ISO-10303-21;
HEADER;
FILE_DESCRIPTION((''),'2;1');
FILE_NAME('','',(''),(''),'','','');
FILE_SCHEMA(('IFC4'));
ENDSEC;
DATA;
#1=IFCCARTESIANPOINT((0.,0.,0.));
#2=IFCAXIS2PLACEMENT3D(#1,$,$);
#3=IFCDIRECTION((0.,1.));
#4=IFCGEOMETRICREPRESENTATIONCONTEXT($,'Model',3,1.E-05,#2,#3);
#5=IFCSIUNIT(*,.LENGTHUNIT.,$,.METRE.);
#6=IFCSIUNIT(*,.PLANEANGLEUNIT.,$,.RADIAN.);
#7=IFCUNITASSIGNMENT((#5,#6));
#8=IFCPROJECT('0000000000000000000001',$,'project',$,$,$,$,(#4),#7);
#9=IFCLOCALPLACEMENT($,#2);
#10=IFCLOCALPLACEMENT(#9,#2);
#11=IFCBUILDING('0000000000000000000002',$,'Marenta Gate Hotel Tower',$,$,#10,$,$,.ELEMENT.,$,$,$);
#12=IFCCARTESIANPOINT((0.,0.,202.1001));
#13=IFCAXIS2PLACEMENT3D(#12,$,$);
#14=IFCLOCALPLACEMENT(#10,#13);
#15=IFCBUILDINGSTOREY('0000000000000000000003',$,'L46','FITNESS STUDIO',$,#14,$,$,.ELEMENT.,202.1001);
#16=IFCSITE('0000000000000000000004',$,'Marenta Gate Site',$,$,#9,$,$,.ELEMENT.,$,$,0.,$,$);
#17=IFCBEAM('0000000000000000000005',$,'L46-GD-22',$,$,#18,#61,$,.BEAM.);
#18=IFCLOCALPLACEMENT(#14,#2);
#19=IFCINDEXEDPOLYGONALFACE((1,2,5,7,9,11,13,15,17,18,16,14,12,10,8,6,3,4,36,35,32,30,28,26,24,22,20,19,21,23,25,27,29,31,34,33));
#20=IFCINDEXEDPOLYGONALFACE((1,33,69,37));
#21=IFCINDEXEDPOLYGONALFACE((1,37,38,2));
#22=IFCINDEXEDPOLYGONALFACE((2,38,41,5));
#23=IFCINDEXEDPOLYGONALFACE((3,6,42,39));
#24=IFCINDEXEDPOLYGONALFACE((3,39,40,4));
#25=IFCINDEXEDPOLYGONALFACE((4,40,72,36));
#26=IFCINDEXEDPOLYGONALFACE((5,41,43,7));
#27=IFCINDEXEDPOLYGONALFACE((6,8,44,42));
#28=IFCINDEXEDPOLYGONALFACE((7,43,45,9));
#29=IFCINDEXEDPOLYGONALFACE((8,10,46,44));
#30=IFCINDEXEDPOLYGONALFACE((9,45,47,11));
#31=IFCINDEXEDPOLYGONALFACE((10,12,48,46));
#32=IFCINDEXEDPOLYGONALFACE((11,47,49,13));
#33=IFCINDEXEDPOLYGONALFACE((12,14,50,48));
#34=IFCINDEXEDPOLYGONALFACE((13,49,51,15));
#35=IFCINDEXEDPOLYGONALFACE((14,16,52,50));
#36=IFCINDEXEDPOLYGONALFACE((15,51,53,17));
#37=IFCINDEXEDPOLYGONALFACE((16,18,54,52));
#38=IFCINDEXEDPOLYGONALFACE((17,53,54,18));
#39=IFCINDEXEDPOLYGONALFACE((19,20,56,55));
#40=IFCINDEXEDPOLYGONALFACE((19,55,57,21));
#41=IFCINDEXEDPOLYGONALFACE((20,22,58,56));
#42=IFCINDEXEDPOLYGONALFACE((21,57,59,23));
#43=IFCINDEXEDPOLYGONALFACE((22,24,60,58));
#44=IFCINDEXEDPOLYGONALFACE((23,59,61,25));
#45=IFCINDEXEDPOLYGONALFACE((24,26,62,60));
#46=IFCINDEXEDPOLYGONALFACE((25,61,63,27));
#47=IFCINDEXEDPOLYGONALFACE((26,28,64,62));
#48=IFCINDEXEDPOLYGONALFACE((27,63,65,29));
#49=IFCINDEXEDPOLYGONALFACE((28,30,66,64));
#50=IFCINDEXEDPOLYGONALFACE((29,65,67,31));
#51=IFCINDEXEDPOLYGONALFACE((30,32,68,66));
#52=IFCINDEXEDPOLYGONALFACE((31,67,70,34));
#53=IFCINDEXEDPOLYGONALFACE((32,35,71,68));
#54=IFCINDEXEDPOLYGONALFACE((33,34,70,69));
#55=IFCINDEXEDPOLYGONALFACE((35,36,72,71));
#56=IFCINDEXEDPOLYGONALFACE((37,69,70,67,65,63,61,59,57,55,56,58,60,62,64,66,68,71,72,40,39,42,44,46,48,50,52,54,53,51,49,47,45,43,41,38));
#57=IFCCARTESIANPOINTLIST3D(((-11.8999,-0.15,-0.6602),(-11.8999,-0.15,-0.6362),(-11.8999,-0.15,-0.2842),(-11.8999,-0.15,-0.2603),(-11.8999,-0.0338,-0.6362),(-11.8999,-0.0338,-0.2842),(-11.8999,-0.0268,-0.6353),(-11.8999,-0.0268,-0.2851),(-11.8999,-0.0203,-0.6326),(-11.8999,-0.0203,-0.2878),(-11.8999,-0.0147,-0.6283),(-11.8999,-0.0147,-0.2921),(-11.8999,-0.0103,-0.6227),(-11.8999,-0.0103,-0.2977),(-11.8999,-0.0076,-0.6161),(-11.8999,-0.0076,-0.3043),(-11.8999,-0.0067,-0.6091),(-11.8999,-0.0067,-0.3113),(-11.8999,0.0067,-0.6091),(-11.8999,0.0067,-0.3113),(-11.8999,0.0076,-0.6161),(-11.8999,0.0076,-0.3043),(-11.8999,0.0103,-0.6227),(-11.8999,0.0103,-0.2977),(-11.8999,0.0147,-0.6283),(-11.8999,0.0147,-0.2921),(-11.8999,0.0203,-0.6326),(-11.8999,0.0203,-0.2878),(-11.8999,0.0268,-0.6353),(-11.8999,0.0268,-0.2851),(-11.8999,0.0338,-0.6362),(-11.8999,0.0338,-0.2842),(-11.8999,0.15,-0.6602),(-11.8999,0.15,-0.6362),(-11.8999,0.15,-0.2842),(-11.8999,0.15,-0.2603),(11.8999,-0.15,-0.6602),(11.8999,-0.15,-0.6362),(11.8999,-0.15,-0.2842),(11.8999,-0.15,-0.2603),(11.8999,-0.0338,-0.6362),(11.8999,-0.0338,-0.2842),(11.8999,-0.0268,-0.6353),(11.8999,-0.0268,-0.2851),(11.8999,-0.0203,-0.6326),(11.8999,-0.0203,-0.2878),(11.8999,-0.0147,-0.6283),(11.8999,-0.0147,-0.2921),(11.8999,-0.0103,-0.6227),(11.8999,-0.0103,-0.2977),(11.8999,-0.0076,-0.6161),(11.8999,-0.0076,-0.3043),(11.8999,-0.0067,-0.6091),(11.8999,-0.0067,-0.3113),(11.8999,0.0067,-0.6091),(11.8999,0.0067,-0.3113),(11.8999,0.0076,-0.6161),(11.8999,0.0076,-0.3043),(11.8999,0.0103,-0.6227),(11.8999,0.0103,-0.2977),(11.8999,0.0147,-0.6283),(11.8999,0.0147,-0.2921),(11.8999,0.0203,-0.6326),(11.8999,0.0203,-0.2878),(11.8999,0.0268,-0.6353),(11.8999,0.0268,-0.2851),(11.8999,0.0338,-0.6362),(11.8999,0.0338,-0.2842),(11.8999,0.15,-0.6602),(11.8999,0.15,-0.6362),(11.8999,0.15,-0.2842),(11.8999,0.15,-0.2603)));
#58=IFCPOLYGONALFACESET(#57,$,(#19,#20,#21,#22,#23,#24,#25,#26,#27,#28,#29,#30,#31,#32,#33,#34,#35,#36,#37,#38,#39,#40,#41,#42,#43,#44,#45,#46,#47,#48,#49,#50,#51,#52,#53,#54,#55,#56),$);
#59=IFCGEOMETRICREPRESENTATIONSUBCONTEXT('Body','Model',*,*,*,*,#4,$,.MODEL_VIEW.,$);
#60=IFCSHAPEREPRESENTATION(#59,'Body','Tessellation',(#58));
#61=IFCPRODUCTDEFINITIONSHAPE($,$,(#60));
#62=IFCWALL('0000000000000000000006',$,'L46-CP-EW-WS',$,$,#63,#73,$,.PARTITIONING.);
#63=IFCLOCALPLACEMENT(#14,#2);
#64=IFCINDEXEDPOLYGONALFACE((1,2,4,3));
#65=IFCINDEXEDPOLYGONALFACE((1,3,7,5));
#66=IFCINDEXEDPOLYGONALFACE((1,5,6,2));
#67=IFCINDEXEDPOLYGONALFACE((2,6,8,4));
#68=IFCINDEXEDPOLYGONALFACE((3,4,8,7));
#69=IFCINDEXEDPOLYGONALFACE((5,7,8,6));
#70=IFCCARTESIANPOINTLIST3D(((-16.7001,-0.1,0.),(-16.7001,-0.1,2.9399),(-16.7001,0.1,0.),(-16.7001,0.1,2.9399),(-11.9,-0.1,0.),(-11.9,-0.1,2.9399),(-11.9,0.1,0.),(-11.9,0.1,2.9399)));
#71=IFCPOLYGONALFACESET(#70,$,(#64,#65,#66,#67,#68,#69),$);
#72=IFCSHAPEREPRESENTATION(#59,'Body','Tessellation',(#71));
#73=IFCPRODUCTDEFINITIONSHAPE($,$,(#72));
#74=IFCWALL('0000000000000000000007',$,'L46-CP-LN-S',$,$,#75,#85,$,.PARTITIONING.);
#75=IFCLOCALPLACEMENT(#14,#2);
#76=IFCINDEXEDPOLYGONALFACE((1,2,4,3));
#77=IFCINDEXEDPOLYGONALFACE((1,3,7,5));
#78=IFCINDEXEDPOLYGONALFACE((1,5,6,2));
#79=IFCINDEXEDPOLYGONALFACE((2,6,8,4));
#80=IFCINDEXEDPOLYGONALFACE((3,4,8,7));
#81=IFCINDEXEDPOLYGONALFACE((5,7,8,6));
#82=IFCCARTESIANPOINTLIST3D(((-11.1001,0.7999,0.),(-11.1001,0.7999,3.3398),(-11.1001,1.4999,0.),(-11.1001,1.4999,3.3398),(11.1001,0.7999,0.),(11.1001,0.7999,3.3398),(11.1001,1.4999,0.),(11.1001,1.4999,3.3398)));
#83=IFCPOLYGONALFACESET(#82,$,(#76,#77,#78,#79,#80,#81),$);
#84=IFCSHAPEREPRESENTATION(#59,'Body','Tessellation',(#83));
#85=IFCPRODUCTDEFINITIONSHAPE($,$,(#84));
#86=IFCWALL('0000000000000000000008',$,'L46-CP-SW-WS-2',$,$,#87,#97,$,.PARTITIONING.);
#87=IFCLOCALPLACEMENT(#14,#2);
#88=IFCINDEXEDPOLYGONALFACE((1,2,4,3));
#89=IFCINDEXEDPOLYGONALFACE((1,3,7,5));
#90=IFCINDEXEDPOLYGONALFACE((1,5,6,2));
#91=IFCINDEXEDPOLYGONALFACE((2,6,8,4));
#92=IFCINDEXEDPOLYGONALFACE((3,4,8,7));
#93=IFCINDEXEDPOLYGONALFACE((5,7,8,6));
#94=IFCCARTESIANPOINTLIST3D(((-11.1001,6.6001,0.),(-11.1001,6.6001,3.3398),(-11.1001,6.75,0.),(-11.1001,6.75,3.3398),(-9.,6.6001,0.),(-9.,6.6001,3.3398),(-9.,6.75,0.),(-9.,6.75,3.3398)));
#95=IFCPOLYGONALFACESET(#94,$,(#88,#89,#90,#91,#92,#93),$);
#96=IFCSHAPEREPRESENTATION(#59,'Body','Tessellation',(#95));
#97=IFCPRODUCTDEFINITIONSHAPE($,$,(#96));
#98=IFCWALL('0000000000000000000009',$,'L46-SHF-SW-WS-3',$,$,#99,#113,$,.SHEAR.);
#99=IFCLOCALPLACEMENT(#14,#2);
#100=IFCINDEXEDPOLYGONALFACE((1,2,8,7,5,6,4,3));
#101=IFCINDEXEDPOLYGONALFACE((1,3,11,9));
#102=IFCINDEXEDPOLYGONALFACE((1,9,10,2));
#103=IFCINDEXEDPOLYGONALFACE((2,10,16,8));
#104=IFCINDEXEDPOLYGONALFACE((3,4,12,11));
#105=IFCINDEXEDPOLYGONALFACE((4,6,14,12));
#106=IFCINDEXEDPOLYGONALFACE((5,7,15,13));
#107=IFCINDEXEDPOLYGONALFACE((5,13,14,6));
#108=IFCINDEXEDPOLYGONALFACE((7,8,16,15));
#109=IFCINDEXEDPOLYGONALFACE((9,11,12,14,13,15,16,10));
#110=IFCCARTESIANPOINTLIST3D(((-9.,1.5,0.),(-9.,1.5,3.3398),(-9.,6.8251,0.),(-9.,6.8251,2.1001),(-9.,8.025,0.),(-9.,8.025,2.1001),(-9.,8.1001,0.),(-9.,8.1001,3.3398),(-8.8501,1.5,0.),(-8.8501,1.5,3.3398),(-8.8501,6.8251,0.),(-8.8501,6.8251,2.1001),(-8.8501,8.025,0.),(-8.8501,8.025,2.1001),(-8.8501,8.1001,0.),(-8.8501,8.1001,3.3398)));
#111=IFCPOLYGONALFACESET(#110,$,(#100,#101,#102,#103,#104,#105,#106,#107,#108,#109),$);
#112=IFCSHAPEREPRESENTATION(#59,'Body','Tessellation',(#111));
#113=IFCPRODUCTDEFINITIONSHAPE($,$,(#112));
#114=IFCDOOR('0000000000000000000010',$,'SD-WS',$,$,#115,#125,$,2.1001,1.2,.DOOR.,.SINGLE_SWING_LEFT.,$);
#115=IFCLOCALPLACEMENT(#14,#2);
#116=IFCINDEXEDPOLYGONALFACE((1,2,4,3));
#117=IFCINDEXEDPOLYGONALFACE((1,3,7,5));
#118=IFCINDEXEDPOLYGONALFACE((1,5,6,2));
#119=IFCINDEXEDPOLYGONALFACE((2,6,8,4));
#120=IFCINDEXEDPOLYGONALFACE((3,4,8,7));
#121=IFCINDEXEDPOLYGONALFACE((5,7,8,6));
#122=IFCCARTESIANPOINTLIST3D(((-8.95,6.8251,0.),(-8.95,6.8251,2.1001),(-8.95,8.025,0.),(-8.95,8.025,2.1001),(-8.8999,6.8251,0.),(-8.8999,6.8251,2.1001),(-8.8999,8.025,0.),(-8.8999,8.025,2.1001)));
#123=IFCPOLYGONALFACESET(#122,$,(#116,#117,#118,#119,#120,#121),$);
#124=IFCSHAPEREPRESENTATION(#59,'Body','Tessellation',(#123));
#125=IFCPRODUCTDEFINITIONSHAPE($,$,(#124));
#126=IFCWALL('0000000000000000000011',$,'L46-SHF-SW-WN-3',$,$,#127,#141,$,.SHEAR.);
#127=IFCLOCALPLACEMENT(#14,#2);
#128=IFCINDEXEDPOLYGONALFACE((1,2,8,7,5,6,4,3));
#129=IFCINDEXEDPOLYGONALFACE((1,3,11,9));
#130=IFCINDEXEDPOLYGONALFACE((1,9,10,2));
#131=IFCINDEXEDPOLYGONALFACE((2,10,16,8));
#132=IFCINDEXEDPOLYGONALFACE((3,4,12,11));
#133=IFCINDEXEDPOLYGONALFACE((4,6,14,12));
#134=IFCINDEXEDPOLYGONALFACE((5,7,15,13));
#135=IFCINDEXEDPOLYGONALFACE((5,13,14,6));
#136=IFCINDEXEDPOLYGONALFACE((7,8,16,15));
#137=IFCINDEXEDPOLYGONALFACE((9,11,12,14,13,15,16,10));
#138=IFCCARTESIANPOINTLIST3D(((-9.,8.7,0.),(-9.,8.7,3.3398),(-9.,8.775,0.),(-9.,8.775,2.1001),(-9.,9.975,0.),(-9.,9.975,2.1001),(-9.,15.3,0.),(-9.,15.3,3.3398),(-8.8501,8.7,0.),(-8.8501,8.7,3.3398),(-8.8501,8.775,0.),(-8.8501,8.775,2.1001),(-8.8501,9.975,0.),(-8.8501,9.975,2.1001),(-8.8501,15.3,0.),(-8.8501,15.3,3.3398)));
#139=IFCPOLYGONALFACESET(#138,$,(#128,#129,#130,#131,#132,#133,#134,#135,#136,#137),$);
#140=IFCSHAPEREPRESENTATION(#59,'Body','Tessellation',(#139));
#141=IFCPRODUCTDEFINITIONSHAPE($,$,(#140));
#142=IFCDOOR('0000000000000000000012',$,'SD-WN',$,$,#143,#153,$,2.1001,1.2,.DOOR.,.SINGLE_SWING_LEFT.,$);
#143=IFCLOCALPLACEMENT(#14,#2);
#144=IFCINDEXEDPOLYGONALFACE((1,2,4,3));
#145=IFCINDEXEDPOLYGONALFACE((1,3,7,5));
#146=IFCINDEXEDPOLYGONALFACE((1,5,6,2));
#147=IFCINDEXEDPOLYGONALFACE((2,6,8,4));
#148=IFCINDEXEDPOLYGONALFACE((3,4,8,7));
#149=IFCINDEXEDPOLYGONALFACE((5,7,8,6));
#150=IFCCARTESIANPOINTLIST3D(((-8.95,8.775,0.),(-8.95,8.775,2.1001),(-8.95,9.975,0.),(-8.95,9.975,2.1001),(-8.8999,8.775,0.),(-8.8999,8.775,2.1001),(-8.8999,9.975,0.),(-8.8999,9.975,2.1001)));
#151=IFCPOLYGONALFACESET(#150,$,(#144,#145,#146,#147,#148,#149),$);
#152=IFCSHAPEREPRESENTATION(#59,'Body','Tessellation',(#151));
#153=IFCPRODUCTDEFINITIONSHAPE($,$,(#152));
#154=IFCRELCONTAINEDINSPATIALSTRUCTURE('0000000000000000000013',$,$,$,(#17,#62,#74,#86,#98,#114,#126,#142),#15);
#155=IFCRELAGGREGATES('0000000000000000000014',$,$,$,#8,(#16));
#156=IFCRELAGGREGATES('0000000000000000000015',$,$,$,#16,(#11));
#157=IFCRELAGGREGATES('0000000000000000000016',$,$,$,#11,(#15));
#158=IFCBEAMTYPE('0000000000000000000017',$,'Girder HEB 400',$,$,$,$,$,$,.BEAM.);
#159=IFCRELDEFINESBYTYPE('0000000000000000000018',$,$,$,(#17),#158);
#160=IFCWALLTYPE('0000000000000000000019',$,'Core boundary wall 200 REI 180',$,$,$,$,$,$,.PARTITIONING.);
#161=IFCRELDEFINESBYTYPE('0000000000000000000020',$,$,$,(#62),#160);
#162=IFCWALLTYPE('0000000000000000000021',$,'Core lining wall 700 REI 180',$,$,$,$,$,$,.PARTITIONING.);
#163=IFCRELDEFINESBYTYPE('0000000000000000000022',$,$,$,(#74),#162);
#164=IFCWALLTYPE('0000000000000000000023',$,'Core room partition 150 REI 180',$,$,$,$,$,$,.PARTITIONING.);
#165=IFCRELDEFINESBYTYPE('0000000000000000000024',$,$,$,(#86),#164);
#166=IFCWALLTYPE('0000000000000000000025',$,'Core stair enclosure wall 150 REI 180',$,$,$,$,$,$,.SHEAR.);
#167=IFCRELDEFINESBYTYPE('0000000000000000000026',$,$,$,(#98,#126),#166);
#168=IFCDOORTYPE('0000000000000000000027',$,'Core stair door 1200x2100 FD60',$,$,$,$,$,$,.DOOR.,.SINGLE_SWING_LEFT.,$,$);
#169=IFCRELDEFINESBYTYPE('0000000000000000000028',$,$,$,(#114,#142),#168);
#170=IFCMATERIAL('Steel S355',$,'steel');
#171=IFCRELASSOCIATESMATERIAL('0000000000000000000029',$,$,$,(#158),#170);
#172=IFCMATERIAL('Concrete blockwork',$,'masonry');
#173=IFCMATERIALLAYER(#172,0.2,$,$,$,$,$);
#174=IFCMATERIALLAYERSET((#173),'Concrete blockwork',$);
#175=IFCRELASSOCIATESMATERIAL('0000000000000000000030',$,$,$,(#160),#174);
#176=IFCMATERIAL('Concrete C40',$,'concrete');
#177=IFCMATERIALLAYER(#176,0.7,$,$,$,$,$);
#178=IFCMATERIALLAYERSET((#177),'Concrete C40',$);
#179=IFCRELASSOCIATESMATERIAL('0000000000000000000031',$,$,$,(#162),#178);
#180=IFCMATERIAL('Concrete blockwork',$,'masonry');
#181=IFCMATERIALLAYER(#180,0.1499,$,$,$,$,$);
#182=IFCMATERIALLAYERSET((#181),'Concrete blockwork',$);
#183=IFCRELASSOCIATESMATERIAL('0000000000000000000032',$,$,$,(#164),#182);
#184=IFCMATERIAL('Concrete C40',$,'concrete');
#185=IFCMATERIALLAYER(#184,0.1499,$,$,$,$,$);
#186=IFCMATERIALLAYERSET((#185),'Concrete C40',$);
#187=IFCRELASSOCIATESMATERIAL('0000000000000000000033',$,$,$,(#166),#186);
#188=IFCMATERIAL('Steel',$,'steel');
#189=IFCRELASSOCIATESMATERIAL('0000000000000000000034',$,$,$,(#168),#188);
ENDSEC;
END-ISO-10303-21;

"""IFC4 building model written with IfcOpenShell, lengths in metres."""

from ifc_helpers import new_model, si_unit, direction, frame, frame_2d, origin, origin_2d, place, context, subcontext, project, spatial, rectangle, i_section, extrude, material, layer, layer_set, material_profile, profile_set, type_object, element, fill, save


model = new_model("IFC4")

# Units and contexts
model_context = context("Model", 3, precision=1e-05, world=origin(), true_north=direction((0.0, 1.0)))
body_context = subcontext(model_context, "Body", "Model", "MODEL_VIEW")
ifc_project = project(units=[si_unit("LENGTHUNIT", "METRE"), si_unit("PLANEANGLEUNIT", "RADIAN")], contexts=[model_context])

# Site, building, storey
site_placement = place(None, origin())
site = spatial("IfcSite", under=ifc_project, at=site_placement, Name="Marenta Gate Site", CompositionType="ELEMENT", RefElevation=0.0)
building_placement = place(site_placement, origin())
building = spatial("IfcBuilding", under=site, at=building_placement, Name="Marenta Gate Hotel Tower", CompositionType="ELEMENT")
storey_placement = place(building_placement, frame((0.0, 0.0, 202.1001)))
storey = spatial("IfcBuildingStorey", under=building, at=storey_placement, Name="L46", Description="FITNESS STUDIO", CompositionType="ELEMENT", Elevation=202.1001)

# Beam
ifc_material_1 = material(Name="Steel S355", Category="steel")
ifc_material_profile = material_profile(ifc_material_1, i_section(OverallWidth=0.3, OverallDepth=0.3999, WebThickness=0.0134, FlangeThickness=0.0239, FilletRadius=0.0271, at=origin_2d()), Name="HEB 400")
ifc_profile_set = profile_set([ifc_material_profile], Name="Steel S355")
beam_type = type_object("IfcBeamType", Name="Girder HEB 400", PredefinedType="BEAM", material=ifc_profile_set)
beam_placement = place(storey_placement, frame((-11.8999, 0.0, -0.4602), z_axis=(1.0, 0.0, 0.0), x_axis=(0.0, 1.0, 0.0)))
element("IfcBeam", 1, at=beam_placement, inside=storey, type_object=beam_type, Name="L46-GD-22", PredefinedType="BEAM", context=body_context, shape_type="SweptSolid", body=[
    extrude(i_section(OverallWidth=0.3, OverallDepth=0.3999, WebThickness=0.0134, FlangeThickness=0.0239, FilletRadius=0.0271, at=origin_2d()), origin(), (0.0, 0.0, 1.0), 23.7998),
])

# Shared definitions
ifc_material_2 = material(Name="Concrete blockwork", Category="masonry")
ifc_layer_1 = layer(ifc_material_2, 0.2)
ifc_layer_set_1 = layer_set([ifc_layer_1], Name="Concrete blockwork")
wall_type_1 = type_object("IfcWallType", Name="Core boundary wall 200 REI 180", PredefinedType="PARTITIONING", material=ifc_layer_set_1)

# Walls
wall_1_placement = place(storey_placement, frame((-16.7, 0.0, 0.0), z_axis=(0.0, 0.0, 1.0), x_axis=(1.0, 0.0, 0.0)))
element("IfcWall", 2, at=wall_1_placement, inside=storey, type_object=wall_type_1, Name="L46-CP-EW-WS", PredefinedType="PARTITIONING", context=body_context, shape_type="SweptSolid", body=[
    extrude(rectangle(XDim=4.8, YDim=0.2, at=frame_2d((2.3999, 0.0))), origin(), (0.0, 0.0, 1.0), 2.9399),
])
ifc_material_3 = material(Name="Concrete C40", Category="concrete")
ifc_layer_2 = layer(ifc_material_3, 0.7)
ifc_layer_set_2 = layer_set([ifc_layer_2], Name="Concrete C40")
wall_type_2 = type_object("IfcWallType", Name="Core lining wall 700 REI 180", PredefinedType="PARTITIONING", material=ifc_layer_set_2)
wall_2_placement = place(storey_placement, frame((-11.1001, 1.1499, 0.0), z_axis=(0.0, 0.0, 1.0), x_axis=(1.0, 0.0, 0.0)))
element("IfcWall", 3, at=wall_2_placement, inside=storey, type_object=wall_type_2, Name="L46-CP-LN-S", PredefinedType="PARTITIONING", context=body_context, shape_type="SweptSolid", body=[
    extrude(rectangle(XDim=22.2002, YDim=0.7, at=frame_2d((11.1001, 0.0))), origin(), (0.0, 0.0, 1.0), 3.3398),
])
ifc_material_4 = material(Name="Concrete blockwork", Category="masonry")
ifc_layer_3 = layer(ifc_material_4, 0.1499)
ifc_layer_set_3 = layer_set([ifc_layer_3], Name="Concrete blockwork")
wall_type_3 = type_object("IfcWallType", Name="Core room partition 150 REI 180", PredefinedType="PARTITIONING", material=ifc_layer_set_3)
wall_3_placement = place(storey_placement, frame((-11.1001, 6.675, 0.0), z_axis=(0.0, 0.0, 1.0), x_axis=(1.0, 0.0, 0.0)))
element("IfcWall", 4, at=wall_3_placement, inside=storey, type_object=wall_type_3, Name="L46-CP-SW-WS-2", PredefinedType="PARTITIONING", context=body_context, shape_type="SweptSolid", body=[
    extrude(rectangle(XDim=2.1001, YDim=0.1499, at=frame_2d((1.05, 0.0))), origin(), (0.0, 0.0, 1.0), 3.3398),
])

# Walls, openings, doors
ifc_material_5 = material(Name="Concrete C40", Category="concrete")
ifc_layer_4 = layer(ifc_material_5, 0.1499)
ifc_layer_set_4 = layer_set([ifc_layer_4], Name="Concrete C40")
wall_type_4 = type_object("IfcWallType", Name="Core stair enclosure wall 150 REI 180", PredefinedType="SHEAR", material=ifc_layer_set_4)
wall_4_placement = place(storey_placement, frame((-8.925, 1.5, 0.0), z_axis=(0.0, 0.0, 1.0), x_axis=(0.0, 1.0, 0.0)))
wall_4 = element("IfcWall", 5, at=wall_4_placement, inside=storey, type_object=wall_type_4, Name="L46-SHF-SW-WS-3", PredefinedType="SHEAR", context=body_context, shape_type="SweptSolid", body=[
    extrude(rectangle(XDim=6.6001, YDim=0.1499, at=frame_2d((3.3, 0.0))), origin(), (0.0, 0.0, 1.0), 3.3398),
])
opening_1_placement = place(wall_4_placement, frame((5.325, 0.0, 0.0)))
opening_1 = element("IfcOpeningElement", 6, at=opening_1_placement, cuts=wall_4, PredefinedType="OPENING", context=body_context, shape_type="SweptSolid", body=[
    extrude(rectangle(XDim=1.2, YDim=2.1001, at=frame_2d((0.6001, 1.05))), frame((0.0, 0.075, 0.0), z_axis=(0.0, -1.0, 0.0), x_axis=(1.0, 0.0, 0.0)), (0.0, 0.0, 1.0), 0.1499),
])
ifc_material_6 = material(Name="Steel", Category="steel")
door_type_1 = type_object("IfcDoorType", Name="Core stair door 1200x2100 FD60", OperationType="SINGLE_SWING_LEFT", PredefinedType="DOOR", material=ifc_material_6)
door_1_placement = place(opening_1_placement, origin())
door_1 = element("IfcDoor", 7, at=door_1_placement, inside=storey, type_object=door_type_1, Name="SD-WS", OperationType="SINGLE_SWING_LEFT", OverallHeight=2.1001, OverallWidth=1.2, PredefinedType="DOOR", context=body_context, shape_type="SweptSolid", body=[
    extrude(rectangle(XDim=1.2, YDim=2.1001, at=frame_2d((0.6001, 1.05))), frame((0.0, 0.0249, 0.0), z_axis=(0.0, -1.0, 0.0), x_axis=(1.0, 0.0, 0.0)), (0.0, 0.0, 1.0), 0.05),
])
fill(opening_1, door_1)
wall_5_placement = place(storey_placement, frame((-8.925, 8.7, 0.0), z_axis=(0.0, 0.0, 1.0), x_axis=(0.0, 1.0, 0.0)))
wall_5 = element("IfcWall", 8, at=wall_5_placement, inside=storey, type_object=wall_type_4, Name="L46-SHF-SW-WN-3", PredefinedType="SHEAR", context=body_context, shape_type="SweptSolid", body=[
    extrude(rectangle(XDim=6.6001, YDim=0.1499, at=frame_2d((3.3, 0.0))), origin(), (0.0, 0.0, 1.0), 3.3398),
])
opening_2_placement = place(wall_5_placement, frame((0.075, 0.0, 0.0)))
opening_2 = element("IfcOpeningElement", 9, at=opening_2_placement, cuts=wall_5, PredefinedType="OPENING", context=body_context, shape_type="SweptSolid", body=[
    extrude(rectangle(XDim=1.2, YDim=2.1001, at=frame_2d((0.6001, 1.05))), frame((0.0, 0.075, 0.0), z_axis=(0.0, -1.0, 0.0), x_axis=(1.0, 0.0, 0.0)), (0.0, 0.0, 1.0), 0.1499),
])
door_2_placement = place(opening_2_placement, origin())
door_2 = element("IfcDoor", 10, at=door_2_placement, inside=storey, type_object=door_type_1, Name="SD-WN", OperationType="SINGLE_SWING_LEFT", OverallHeight=2.1001, OverallWidth=1.2, PredefinedType="DOOR", context=body_context, shape_type="SweptSolid", body=[
    extrude(rectangle(XDim=1.2, YDim=2.1001, at=frame_2d((0.6001, 1.05))), frame((0.0, 0.0249, 0.0), z_axis=(0.0, -1.0, 0.0), x_axis=(1.0, 0.0, 0.0)), (0.0, 0.0, 1.0), 0.05),
])
fill(opening_2, door_2)

save(model, "model.ifc")
